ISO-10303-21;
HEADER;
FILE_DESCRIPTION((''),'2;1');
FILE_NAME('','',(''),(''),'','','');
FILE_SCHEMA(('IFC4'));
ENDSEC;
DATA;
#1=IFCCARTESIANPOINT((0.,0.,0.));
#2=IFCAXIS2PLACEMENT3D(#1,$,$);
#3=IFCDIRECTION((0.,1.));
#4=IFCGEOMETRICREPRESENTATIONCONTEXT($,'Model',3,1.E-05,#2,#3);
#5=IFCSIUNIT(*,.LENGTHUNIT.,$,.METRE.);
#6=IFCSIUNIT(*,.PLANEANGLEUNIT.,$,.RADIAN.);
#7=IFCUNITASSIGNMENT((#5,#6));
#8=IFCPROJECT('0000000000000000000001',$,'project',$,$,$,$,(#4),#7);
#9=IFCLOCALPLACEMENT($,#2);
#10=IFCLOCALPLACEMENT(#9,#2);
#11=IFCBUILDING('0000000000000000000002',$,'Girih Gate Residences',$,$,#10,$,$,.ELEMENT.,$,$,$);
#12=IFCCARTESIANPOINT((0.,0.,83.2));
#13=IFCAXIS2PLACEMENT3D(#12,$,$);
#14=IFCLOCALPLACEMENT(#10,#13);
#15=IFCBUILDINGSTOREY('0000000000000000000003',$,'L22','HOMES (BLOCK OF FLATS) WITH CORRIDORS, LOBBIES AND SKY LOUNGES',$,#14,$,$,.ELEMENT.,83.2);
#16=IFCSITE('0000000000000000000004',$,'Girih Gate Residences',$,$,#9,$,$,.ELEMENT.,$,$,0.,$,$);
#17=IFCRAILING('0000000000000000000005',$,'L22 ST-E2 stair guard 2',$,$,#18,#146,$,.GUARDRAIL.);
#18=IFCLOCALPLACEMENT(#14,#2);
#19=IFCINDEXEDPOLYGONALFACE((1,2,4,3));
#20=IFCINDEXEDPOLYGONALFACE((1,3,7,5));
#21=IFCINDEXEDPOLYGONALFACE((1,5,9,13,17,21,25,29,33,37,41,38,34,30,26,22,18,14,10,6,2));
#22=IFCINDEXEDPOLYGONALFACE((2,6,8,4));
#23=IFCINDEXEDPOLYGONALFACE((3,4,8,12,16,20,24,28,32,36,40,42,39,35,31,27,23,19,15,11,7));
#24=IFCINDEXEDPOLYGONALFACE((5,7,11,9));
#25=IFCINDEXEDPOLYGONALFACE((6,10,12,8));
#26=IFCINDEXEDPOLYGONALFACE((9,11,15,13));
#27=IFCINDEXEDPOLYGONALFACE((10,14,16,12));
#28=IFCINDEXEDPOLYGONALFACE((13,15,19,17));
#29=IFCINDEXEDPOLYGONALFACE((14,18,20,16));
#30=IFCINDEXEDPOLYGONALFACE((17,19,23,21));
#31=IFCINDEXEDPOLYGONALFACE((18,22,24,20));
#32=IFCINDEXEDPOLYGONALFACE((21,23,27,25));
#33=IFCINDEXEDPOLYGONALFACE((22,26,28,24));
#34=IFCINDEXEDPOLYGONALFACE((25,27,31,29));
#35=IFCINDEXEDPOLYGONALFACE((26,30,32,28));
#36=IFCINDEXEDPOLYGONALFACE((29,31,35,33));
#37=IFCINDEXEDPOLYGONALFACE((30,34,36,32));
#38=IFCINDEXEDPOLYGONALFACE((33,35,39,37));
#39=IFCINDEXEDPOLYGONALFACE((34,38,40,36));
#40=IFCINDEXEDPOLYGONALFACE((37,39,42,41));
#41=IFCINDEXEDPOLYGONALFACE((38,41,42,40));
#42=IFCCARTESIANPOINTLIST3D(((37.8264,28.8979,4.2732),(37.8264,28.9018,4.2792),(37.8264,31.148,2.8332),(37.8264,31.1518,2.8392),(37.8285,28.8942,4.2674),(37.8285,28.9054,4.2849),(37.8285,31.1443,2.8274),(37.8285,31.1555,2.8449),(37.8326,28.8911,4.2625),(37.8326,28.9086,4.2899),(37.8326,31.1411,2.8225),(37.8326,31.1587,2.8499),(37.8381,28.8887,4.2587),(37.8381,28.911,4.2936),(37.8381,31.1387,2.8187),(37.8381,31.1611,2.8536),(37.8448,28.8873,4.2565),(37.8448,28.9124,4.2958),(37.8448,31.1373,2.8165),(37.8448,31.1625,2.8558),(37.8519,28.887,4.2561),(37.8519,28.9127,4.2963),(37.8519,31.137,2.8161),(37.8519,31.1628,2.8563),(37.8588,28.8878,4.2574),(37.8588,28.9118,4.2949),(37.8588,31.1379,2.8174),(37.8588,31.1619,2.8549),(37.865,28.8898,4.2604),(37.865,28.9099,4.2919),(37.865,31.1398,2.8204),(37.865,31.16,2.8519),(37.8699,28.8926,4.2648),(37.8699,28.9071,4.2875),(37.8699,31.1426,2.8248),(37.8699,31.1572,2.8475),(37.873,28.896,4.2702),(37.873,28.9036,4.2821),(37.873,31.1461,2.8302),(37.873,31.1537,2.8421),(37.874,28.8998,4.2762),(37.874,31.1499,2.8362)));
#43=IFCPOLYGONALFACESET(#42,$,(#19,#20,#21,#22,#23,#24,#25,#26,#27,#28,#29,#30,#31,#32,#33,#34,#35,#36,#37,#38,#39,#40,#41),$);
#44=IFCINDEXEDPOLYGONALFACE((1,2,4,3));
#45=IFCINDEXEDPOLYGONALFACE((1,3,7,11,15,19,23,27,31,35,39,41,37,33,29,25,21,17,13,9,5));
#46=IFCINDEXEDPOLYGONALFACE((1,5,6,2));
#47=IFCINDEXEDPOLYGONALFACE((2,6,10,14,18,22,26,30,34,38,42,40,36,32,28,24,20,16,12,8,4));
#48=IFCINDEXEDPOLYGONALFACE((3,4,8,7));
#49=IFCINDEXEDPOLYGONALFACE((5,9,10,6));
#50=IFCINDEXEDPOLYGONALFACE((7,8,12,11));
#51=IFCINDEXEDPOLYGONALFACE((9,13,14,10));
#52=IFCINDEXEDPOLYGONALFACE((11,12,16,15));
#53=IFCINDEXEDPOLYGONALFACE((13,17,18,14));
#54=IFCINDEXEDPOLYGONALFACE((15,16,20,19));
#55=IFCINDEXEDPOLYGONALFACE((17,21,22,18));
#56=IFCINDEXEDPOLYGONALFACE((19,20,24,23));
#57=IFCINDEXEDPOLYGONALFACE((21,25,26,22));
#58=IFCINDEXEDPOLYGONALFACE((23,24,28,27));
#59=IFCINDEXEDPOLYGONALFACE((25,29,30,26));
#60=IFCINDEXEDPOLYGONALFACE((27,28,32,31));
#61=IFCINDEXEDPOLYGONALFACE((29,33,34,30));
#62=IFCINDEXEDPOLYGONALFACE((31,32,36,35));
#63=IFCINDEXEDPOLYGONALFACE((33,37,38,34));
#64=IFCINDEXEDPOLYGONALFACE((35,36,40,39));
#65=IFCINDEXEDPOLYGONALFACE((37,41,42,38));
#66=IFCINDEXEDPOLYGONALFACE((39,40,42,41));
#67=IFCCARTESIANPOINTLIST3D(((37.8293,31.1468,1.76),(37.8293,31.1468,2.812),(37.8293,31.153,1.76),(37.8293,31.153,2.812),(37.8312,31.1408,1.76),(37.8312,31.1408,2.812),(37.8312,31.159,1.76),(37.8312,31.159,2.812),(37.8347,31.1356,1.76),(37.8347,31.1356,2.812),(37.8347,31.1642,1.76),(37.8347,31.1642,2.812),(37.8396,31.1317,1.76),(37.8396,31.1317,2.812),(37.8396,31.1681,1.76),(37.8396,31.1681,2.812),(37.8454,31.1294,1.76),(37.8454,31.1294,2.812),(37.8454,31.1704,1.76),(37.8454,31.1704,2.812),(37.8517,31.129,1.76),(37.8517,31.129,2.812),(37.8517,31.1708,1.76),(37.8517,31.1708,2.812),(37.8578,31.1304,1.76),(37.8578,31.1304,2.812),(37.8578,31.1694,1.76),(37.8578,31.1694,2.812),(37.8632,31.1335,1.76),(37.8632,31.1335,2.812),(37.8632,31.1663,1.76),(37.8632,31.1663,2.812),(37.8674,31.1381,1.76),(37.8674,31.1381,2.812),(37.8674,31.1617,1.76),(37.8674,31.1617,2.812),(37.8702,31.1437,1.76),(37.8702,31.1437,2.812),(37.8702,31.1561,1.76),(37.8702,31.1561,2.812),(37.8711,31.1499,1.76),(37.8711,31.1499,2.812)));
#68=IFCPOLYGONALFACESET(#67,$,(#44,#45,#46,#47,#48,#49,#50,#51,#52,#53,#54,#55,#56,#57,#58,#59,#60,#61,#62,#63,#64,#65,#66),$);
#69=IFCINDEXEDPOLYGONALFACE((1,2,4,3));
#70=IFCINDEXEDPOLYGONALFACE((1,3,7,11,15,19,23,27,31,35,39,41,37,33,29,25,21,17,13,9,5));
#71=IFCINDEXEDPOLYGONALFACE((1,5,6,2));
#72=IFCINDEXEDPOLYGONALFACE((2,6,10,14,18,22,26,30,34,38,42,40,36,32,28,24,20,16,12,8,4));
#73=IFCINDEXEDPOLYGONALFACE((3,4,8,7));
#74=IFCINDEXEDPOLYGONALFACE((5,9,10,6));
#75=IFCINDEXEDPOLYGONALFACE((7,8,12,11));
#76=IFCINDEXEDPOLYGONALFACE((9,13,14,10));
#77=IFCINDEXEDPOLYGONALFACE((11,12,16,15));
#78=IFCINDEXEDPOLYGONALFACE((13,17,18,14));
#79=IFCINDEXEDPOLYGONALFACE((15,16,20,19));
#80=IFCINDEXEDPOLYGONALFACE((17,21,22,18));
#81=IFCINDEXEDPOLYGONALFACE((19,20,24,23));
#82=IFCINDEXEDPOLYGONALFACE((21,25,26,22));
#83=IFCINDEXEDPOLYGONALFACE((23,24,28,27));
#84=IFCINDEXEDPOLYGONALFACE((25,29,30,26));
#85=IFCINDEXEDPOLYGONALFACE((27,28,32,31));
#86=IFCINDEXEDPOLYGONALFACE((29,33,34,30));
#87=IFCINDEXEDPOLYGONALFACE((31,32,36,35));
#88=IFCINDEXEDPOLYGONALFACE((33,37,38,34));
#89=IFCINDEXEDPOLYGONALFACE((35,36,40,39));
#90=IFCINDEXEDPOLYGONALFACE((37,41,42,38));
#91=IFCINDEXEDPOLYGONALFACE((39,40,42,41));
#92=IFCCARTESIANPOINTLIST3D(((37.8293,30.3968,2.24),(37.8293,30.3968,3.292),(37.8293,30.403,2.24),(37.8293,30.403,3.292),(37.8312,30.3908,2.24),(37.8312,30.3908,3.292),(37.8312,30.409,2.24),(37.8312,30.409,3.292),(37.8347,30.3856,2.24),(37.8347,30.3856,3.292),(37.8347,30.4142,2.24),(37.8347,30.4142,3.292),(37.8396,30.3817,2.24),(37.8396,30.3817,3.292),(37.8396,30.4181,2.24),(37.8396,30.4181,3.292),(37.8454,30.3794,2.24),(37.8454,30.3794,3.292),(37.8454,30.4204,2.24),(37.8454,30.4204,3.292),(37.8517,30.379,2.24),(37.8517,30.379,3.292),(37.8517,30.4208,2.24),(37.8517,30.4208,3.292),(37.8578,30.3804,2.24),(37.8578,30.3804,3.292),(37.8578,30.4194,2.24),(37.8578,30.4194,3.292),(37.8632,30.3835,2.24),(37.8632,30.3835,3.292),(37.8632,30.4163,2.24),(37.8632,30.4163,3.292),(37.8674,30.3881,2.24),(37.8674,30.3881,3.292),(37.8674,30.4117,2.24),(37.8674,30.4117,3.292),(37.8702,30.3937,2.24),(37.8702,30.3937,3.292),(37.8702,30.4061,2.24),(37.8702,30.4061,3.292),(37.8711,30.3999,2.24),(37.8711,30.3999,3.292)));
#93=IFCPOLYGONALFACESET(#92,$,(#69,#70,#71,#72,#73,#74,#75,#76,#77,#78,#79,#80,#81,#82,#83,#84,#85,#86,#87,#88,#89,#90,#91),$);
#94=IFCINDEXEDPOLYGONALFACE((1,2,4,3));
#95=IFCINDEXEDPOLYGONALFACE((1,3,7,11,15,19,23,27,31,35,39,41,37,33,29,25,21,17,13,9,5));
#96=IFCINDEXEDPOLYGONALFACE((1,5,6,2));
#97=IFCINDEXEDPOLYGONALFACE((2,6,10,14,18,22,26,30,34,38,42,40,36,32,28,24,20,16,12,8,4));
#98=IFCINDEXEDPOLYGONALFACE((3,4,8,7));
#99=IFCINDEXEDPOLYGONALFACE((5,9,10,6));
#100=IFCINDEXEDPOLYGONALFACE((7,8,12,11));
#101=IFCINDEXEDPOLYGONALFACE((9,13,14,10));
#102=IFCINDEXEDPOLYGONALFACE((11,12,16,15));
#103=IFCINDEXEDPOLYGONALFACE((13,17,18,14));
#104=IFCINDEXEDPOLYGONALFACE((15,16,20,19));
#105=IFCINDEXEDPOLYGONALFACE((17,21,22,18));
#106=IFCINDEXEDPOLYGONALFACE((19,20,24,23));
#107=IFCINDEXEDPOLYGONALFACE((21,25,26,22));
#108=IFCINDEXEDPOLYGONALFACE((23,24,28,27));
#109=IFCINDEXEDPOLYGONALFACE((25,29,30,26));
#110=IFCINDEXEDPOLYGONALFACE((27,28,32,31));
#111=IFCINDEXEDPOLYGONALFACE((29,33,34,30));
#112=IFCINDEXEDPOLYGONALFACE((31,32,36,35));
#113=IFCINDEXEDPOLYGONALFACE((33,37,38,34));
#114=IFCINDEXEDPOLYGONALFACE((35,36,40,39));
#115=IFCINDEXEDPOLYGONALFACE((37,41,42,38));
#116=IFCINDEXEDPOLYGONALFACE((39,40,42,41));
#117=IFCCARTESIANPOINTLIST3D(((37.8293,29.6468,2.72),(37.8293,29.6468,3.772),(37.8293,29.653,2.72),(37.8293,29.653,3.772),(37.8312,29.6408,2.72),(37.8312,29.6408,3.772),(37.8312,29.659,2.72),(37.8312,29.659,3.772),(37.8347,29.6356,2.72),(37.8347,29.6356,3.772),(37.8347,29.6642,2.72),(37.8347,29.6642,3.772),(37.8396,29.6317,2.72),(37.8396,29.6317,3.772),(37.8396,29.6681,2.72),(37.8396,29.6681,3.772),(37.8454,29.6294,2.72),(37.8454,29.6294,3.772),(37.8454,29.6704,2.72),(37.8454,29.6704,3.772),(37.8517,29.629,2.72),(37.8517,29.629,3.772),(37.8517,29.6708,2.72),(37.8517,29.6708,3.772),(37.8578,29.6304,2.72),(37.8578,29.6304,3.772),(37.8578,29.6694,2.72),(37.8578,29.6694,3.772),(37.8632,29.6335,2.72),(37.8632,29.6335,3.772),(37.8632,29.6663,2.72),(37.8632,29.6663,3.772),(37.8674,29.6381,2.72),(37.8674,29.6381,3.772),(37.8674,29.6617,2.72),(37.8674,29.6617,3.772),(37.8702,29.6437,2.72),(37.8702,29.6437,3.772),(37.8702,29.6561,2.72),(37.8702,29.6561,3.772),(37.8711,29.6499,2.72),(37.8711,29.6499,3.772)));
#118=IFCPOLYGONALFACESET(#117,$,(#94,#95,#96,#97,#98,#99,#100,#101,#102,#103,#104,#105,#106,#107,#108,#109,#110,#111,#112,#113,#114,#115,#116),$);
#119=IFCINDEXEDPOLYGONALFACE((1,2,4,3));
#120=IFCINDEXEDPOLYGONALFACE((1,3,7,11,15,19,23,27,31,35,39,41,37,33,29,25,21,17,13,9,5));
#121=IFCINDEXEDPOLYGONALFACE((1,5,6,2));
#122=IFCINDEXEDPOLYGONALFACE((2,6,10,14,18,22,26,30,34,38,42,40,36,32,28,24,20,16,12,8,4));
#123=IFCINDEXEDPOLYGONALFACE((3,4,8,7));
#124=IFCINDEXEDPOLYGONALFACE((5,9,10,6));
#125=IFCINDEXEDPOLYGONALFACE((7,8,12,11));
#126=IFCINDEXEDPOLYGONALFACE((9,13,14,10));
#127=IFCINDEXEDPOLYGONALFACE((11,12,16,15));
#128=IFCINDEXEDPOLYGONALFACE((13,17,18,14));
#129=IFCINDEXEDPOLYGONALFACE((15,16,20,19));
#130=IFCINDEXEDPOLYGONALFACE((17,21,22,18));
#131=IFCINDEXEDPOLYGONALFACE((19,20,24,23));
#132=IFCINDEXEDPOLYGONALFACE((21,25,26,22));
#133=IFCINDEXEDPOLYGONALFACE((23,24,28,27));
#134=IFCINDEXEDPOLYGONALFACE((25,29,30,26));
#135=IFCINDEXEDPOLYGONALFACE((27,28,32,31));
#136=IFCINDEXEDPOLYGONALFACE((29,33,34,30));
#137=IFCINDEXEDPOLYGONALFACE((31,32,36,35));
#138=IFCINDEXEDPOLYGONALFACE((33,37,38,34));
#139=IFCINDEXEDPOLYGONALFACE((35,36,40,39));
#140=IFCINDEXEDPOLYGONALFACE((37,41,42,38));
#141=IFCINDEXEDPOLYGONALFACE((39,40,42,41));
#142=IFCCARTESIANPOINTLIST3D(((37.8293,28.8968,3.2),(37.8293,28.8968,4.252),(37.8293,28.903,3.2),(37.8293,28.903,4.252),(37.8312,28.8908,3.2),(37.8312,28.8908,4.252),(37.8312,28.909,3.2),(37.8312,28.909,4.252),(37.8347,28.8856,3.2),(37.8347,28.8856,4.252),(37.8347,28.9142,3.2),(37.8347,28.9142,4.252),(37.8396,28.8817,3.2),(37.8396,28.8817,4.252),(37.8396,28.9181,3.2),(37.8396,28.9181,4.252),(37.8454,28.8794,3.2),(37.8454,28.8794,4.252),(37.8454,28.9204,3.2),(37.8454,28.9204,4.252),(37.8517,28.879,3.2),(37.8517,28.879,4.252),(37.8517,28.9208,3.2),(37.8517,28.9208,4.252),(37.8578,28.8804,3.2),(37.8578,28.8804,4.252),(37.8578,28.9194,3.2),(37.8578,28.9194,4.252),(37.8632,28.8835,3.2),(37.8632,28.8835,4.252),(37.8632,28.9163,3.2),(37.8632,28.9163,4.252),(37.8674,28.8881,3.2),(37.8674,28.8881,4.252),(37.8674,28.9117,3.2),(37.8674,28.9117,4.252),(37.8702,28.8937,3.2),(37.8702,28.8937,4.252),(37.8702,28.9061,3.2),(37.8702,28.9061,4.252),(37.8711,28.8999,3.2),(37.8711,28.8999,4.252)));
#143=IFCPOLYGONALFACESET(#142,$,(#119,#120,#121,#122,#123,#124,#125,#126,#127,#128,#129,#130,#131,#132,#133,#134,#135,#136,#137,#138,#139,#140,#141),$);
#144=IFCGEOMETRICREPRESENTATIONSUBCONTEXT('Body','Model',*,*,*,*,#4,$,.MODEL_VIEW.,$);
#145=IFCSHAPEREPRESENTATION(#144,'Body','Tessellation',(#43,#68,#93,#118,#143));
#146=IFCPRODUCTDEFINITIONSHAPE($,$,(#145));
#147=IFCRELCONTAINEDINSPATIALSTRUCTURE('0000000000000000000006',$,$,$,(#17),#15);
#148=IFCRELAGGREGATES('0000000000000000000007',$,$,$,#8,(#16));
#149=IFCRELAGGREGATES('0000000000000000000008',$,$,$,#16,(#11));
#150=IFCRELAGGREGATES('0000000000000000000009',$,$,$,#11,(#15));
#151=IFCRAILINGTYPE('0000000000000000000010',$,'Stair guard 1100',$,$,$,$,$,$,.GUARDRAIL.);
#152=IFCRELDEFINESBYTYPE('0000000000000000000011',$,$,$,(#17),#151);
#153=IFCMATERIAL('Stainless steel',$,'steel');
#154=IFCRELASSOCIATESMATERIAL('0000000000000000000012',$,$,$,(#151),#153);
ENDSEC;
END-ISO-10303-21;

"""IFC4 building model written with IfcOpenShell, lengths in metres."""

from ifc_helpers import new_model, si_unit, direction, frame, origin, origin_2d, place, context, subcontext, project, spatial, circle, extrude, material, type_object, element, save


model = new_model("IFC4")

# Units and contexts
model_context = context("Model", 3, precision=1e-05, world=origin(), true_north=direction((0.0, 1.0)))
body_context = subcontext(model_context, "Body", "Model", "MODEL_VIEW")
ifc_project = project(units=[si_unit("LENGTHUNIT", "METRE"), si_unit("PLANEANGLEUNIT", "RADIAN")], contexts=[model_context])

# Site, building, storey
site_placement = place(None, origin())
site = spatial("IfcSite", under=ifc_project, at=site_placement, Name="Girih Gate Residences", CompositionType="ELEMENT", RefElevation=0.0)
building_placement = place(site_placement, origin())
building = spatial("IfcBuilding", under=site, at=building_placement, Name="Girih Gate Residences", CompositionType="ELEMENT")
storey_placement = place(building_placement, frame((0.0, 0.0, 83.2)))
storey = spatial("IfcBuildingStorey", under=building, at=storey_placement, Name="L22", Description="HOMES (BLOCK OF FLATS) WITH CORRIDORS, LOBBIES AND SKY LOUNGES", CompositionType="ELEMENT", Elevation=83.2)

# Shared definitions
ifc_material_1 = material(Name="Stainless steel", Category="steel")

# Railing
railing_type_1 = type_object("IfcRailingType", Name="Stair guard 1100", PredefinedType="GUARDRAIL", material=ifc_material_1)
railing_1_placement = place(storey_placement, frame((37.8501, 31.1499, 1.76)))
element("IfcRailing", 1, at=railing_1_placement, inside=storey, type_object=railing_type_1, Name="L22 ST-E2 stair guard 2", PredefinedType="GUARDRAIL", context=body_context, shape_type="SweptSolid", body=[
    extrude(circle(Radius=0.0239, at=origin_2d()), frame((0.0, 0.0, 1.0762), z_axis=(0.0, -0.842281, 0.539038), x_axis=(1.0, 0.0, 0.0)), (0.0, 0.0, 1.0), 2.6714),
    extrude(circle(Radius=0.021, at=origin_2d()), origin(), (0.0, 0.0, 1.0), 1.052),
    extrude(circle(Radius=0.021, at=origin_2d()), frame((0.0, -0.75, 0.48)), (0.0, 0.0, 1.0), 1.052),
    extrude(circle(Radius=0.021, at=origin_2d()), frame((0.0, -1.5, 0.96)), (0.0, 0.0, 1.0), 1.052),
    extrude(circle(Radius=0.021, at=origin_2d()), frame((0.0, -2.25, 1.4399)), (0.0, 0.0, 1.0), 1.052),
])

save(model, "model.ifc")
